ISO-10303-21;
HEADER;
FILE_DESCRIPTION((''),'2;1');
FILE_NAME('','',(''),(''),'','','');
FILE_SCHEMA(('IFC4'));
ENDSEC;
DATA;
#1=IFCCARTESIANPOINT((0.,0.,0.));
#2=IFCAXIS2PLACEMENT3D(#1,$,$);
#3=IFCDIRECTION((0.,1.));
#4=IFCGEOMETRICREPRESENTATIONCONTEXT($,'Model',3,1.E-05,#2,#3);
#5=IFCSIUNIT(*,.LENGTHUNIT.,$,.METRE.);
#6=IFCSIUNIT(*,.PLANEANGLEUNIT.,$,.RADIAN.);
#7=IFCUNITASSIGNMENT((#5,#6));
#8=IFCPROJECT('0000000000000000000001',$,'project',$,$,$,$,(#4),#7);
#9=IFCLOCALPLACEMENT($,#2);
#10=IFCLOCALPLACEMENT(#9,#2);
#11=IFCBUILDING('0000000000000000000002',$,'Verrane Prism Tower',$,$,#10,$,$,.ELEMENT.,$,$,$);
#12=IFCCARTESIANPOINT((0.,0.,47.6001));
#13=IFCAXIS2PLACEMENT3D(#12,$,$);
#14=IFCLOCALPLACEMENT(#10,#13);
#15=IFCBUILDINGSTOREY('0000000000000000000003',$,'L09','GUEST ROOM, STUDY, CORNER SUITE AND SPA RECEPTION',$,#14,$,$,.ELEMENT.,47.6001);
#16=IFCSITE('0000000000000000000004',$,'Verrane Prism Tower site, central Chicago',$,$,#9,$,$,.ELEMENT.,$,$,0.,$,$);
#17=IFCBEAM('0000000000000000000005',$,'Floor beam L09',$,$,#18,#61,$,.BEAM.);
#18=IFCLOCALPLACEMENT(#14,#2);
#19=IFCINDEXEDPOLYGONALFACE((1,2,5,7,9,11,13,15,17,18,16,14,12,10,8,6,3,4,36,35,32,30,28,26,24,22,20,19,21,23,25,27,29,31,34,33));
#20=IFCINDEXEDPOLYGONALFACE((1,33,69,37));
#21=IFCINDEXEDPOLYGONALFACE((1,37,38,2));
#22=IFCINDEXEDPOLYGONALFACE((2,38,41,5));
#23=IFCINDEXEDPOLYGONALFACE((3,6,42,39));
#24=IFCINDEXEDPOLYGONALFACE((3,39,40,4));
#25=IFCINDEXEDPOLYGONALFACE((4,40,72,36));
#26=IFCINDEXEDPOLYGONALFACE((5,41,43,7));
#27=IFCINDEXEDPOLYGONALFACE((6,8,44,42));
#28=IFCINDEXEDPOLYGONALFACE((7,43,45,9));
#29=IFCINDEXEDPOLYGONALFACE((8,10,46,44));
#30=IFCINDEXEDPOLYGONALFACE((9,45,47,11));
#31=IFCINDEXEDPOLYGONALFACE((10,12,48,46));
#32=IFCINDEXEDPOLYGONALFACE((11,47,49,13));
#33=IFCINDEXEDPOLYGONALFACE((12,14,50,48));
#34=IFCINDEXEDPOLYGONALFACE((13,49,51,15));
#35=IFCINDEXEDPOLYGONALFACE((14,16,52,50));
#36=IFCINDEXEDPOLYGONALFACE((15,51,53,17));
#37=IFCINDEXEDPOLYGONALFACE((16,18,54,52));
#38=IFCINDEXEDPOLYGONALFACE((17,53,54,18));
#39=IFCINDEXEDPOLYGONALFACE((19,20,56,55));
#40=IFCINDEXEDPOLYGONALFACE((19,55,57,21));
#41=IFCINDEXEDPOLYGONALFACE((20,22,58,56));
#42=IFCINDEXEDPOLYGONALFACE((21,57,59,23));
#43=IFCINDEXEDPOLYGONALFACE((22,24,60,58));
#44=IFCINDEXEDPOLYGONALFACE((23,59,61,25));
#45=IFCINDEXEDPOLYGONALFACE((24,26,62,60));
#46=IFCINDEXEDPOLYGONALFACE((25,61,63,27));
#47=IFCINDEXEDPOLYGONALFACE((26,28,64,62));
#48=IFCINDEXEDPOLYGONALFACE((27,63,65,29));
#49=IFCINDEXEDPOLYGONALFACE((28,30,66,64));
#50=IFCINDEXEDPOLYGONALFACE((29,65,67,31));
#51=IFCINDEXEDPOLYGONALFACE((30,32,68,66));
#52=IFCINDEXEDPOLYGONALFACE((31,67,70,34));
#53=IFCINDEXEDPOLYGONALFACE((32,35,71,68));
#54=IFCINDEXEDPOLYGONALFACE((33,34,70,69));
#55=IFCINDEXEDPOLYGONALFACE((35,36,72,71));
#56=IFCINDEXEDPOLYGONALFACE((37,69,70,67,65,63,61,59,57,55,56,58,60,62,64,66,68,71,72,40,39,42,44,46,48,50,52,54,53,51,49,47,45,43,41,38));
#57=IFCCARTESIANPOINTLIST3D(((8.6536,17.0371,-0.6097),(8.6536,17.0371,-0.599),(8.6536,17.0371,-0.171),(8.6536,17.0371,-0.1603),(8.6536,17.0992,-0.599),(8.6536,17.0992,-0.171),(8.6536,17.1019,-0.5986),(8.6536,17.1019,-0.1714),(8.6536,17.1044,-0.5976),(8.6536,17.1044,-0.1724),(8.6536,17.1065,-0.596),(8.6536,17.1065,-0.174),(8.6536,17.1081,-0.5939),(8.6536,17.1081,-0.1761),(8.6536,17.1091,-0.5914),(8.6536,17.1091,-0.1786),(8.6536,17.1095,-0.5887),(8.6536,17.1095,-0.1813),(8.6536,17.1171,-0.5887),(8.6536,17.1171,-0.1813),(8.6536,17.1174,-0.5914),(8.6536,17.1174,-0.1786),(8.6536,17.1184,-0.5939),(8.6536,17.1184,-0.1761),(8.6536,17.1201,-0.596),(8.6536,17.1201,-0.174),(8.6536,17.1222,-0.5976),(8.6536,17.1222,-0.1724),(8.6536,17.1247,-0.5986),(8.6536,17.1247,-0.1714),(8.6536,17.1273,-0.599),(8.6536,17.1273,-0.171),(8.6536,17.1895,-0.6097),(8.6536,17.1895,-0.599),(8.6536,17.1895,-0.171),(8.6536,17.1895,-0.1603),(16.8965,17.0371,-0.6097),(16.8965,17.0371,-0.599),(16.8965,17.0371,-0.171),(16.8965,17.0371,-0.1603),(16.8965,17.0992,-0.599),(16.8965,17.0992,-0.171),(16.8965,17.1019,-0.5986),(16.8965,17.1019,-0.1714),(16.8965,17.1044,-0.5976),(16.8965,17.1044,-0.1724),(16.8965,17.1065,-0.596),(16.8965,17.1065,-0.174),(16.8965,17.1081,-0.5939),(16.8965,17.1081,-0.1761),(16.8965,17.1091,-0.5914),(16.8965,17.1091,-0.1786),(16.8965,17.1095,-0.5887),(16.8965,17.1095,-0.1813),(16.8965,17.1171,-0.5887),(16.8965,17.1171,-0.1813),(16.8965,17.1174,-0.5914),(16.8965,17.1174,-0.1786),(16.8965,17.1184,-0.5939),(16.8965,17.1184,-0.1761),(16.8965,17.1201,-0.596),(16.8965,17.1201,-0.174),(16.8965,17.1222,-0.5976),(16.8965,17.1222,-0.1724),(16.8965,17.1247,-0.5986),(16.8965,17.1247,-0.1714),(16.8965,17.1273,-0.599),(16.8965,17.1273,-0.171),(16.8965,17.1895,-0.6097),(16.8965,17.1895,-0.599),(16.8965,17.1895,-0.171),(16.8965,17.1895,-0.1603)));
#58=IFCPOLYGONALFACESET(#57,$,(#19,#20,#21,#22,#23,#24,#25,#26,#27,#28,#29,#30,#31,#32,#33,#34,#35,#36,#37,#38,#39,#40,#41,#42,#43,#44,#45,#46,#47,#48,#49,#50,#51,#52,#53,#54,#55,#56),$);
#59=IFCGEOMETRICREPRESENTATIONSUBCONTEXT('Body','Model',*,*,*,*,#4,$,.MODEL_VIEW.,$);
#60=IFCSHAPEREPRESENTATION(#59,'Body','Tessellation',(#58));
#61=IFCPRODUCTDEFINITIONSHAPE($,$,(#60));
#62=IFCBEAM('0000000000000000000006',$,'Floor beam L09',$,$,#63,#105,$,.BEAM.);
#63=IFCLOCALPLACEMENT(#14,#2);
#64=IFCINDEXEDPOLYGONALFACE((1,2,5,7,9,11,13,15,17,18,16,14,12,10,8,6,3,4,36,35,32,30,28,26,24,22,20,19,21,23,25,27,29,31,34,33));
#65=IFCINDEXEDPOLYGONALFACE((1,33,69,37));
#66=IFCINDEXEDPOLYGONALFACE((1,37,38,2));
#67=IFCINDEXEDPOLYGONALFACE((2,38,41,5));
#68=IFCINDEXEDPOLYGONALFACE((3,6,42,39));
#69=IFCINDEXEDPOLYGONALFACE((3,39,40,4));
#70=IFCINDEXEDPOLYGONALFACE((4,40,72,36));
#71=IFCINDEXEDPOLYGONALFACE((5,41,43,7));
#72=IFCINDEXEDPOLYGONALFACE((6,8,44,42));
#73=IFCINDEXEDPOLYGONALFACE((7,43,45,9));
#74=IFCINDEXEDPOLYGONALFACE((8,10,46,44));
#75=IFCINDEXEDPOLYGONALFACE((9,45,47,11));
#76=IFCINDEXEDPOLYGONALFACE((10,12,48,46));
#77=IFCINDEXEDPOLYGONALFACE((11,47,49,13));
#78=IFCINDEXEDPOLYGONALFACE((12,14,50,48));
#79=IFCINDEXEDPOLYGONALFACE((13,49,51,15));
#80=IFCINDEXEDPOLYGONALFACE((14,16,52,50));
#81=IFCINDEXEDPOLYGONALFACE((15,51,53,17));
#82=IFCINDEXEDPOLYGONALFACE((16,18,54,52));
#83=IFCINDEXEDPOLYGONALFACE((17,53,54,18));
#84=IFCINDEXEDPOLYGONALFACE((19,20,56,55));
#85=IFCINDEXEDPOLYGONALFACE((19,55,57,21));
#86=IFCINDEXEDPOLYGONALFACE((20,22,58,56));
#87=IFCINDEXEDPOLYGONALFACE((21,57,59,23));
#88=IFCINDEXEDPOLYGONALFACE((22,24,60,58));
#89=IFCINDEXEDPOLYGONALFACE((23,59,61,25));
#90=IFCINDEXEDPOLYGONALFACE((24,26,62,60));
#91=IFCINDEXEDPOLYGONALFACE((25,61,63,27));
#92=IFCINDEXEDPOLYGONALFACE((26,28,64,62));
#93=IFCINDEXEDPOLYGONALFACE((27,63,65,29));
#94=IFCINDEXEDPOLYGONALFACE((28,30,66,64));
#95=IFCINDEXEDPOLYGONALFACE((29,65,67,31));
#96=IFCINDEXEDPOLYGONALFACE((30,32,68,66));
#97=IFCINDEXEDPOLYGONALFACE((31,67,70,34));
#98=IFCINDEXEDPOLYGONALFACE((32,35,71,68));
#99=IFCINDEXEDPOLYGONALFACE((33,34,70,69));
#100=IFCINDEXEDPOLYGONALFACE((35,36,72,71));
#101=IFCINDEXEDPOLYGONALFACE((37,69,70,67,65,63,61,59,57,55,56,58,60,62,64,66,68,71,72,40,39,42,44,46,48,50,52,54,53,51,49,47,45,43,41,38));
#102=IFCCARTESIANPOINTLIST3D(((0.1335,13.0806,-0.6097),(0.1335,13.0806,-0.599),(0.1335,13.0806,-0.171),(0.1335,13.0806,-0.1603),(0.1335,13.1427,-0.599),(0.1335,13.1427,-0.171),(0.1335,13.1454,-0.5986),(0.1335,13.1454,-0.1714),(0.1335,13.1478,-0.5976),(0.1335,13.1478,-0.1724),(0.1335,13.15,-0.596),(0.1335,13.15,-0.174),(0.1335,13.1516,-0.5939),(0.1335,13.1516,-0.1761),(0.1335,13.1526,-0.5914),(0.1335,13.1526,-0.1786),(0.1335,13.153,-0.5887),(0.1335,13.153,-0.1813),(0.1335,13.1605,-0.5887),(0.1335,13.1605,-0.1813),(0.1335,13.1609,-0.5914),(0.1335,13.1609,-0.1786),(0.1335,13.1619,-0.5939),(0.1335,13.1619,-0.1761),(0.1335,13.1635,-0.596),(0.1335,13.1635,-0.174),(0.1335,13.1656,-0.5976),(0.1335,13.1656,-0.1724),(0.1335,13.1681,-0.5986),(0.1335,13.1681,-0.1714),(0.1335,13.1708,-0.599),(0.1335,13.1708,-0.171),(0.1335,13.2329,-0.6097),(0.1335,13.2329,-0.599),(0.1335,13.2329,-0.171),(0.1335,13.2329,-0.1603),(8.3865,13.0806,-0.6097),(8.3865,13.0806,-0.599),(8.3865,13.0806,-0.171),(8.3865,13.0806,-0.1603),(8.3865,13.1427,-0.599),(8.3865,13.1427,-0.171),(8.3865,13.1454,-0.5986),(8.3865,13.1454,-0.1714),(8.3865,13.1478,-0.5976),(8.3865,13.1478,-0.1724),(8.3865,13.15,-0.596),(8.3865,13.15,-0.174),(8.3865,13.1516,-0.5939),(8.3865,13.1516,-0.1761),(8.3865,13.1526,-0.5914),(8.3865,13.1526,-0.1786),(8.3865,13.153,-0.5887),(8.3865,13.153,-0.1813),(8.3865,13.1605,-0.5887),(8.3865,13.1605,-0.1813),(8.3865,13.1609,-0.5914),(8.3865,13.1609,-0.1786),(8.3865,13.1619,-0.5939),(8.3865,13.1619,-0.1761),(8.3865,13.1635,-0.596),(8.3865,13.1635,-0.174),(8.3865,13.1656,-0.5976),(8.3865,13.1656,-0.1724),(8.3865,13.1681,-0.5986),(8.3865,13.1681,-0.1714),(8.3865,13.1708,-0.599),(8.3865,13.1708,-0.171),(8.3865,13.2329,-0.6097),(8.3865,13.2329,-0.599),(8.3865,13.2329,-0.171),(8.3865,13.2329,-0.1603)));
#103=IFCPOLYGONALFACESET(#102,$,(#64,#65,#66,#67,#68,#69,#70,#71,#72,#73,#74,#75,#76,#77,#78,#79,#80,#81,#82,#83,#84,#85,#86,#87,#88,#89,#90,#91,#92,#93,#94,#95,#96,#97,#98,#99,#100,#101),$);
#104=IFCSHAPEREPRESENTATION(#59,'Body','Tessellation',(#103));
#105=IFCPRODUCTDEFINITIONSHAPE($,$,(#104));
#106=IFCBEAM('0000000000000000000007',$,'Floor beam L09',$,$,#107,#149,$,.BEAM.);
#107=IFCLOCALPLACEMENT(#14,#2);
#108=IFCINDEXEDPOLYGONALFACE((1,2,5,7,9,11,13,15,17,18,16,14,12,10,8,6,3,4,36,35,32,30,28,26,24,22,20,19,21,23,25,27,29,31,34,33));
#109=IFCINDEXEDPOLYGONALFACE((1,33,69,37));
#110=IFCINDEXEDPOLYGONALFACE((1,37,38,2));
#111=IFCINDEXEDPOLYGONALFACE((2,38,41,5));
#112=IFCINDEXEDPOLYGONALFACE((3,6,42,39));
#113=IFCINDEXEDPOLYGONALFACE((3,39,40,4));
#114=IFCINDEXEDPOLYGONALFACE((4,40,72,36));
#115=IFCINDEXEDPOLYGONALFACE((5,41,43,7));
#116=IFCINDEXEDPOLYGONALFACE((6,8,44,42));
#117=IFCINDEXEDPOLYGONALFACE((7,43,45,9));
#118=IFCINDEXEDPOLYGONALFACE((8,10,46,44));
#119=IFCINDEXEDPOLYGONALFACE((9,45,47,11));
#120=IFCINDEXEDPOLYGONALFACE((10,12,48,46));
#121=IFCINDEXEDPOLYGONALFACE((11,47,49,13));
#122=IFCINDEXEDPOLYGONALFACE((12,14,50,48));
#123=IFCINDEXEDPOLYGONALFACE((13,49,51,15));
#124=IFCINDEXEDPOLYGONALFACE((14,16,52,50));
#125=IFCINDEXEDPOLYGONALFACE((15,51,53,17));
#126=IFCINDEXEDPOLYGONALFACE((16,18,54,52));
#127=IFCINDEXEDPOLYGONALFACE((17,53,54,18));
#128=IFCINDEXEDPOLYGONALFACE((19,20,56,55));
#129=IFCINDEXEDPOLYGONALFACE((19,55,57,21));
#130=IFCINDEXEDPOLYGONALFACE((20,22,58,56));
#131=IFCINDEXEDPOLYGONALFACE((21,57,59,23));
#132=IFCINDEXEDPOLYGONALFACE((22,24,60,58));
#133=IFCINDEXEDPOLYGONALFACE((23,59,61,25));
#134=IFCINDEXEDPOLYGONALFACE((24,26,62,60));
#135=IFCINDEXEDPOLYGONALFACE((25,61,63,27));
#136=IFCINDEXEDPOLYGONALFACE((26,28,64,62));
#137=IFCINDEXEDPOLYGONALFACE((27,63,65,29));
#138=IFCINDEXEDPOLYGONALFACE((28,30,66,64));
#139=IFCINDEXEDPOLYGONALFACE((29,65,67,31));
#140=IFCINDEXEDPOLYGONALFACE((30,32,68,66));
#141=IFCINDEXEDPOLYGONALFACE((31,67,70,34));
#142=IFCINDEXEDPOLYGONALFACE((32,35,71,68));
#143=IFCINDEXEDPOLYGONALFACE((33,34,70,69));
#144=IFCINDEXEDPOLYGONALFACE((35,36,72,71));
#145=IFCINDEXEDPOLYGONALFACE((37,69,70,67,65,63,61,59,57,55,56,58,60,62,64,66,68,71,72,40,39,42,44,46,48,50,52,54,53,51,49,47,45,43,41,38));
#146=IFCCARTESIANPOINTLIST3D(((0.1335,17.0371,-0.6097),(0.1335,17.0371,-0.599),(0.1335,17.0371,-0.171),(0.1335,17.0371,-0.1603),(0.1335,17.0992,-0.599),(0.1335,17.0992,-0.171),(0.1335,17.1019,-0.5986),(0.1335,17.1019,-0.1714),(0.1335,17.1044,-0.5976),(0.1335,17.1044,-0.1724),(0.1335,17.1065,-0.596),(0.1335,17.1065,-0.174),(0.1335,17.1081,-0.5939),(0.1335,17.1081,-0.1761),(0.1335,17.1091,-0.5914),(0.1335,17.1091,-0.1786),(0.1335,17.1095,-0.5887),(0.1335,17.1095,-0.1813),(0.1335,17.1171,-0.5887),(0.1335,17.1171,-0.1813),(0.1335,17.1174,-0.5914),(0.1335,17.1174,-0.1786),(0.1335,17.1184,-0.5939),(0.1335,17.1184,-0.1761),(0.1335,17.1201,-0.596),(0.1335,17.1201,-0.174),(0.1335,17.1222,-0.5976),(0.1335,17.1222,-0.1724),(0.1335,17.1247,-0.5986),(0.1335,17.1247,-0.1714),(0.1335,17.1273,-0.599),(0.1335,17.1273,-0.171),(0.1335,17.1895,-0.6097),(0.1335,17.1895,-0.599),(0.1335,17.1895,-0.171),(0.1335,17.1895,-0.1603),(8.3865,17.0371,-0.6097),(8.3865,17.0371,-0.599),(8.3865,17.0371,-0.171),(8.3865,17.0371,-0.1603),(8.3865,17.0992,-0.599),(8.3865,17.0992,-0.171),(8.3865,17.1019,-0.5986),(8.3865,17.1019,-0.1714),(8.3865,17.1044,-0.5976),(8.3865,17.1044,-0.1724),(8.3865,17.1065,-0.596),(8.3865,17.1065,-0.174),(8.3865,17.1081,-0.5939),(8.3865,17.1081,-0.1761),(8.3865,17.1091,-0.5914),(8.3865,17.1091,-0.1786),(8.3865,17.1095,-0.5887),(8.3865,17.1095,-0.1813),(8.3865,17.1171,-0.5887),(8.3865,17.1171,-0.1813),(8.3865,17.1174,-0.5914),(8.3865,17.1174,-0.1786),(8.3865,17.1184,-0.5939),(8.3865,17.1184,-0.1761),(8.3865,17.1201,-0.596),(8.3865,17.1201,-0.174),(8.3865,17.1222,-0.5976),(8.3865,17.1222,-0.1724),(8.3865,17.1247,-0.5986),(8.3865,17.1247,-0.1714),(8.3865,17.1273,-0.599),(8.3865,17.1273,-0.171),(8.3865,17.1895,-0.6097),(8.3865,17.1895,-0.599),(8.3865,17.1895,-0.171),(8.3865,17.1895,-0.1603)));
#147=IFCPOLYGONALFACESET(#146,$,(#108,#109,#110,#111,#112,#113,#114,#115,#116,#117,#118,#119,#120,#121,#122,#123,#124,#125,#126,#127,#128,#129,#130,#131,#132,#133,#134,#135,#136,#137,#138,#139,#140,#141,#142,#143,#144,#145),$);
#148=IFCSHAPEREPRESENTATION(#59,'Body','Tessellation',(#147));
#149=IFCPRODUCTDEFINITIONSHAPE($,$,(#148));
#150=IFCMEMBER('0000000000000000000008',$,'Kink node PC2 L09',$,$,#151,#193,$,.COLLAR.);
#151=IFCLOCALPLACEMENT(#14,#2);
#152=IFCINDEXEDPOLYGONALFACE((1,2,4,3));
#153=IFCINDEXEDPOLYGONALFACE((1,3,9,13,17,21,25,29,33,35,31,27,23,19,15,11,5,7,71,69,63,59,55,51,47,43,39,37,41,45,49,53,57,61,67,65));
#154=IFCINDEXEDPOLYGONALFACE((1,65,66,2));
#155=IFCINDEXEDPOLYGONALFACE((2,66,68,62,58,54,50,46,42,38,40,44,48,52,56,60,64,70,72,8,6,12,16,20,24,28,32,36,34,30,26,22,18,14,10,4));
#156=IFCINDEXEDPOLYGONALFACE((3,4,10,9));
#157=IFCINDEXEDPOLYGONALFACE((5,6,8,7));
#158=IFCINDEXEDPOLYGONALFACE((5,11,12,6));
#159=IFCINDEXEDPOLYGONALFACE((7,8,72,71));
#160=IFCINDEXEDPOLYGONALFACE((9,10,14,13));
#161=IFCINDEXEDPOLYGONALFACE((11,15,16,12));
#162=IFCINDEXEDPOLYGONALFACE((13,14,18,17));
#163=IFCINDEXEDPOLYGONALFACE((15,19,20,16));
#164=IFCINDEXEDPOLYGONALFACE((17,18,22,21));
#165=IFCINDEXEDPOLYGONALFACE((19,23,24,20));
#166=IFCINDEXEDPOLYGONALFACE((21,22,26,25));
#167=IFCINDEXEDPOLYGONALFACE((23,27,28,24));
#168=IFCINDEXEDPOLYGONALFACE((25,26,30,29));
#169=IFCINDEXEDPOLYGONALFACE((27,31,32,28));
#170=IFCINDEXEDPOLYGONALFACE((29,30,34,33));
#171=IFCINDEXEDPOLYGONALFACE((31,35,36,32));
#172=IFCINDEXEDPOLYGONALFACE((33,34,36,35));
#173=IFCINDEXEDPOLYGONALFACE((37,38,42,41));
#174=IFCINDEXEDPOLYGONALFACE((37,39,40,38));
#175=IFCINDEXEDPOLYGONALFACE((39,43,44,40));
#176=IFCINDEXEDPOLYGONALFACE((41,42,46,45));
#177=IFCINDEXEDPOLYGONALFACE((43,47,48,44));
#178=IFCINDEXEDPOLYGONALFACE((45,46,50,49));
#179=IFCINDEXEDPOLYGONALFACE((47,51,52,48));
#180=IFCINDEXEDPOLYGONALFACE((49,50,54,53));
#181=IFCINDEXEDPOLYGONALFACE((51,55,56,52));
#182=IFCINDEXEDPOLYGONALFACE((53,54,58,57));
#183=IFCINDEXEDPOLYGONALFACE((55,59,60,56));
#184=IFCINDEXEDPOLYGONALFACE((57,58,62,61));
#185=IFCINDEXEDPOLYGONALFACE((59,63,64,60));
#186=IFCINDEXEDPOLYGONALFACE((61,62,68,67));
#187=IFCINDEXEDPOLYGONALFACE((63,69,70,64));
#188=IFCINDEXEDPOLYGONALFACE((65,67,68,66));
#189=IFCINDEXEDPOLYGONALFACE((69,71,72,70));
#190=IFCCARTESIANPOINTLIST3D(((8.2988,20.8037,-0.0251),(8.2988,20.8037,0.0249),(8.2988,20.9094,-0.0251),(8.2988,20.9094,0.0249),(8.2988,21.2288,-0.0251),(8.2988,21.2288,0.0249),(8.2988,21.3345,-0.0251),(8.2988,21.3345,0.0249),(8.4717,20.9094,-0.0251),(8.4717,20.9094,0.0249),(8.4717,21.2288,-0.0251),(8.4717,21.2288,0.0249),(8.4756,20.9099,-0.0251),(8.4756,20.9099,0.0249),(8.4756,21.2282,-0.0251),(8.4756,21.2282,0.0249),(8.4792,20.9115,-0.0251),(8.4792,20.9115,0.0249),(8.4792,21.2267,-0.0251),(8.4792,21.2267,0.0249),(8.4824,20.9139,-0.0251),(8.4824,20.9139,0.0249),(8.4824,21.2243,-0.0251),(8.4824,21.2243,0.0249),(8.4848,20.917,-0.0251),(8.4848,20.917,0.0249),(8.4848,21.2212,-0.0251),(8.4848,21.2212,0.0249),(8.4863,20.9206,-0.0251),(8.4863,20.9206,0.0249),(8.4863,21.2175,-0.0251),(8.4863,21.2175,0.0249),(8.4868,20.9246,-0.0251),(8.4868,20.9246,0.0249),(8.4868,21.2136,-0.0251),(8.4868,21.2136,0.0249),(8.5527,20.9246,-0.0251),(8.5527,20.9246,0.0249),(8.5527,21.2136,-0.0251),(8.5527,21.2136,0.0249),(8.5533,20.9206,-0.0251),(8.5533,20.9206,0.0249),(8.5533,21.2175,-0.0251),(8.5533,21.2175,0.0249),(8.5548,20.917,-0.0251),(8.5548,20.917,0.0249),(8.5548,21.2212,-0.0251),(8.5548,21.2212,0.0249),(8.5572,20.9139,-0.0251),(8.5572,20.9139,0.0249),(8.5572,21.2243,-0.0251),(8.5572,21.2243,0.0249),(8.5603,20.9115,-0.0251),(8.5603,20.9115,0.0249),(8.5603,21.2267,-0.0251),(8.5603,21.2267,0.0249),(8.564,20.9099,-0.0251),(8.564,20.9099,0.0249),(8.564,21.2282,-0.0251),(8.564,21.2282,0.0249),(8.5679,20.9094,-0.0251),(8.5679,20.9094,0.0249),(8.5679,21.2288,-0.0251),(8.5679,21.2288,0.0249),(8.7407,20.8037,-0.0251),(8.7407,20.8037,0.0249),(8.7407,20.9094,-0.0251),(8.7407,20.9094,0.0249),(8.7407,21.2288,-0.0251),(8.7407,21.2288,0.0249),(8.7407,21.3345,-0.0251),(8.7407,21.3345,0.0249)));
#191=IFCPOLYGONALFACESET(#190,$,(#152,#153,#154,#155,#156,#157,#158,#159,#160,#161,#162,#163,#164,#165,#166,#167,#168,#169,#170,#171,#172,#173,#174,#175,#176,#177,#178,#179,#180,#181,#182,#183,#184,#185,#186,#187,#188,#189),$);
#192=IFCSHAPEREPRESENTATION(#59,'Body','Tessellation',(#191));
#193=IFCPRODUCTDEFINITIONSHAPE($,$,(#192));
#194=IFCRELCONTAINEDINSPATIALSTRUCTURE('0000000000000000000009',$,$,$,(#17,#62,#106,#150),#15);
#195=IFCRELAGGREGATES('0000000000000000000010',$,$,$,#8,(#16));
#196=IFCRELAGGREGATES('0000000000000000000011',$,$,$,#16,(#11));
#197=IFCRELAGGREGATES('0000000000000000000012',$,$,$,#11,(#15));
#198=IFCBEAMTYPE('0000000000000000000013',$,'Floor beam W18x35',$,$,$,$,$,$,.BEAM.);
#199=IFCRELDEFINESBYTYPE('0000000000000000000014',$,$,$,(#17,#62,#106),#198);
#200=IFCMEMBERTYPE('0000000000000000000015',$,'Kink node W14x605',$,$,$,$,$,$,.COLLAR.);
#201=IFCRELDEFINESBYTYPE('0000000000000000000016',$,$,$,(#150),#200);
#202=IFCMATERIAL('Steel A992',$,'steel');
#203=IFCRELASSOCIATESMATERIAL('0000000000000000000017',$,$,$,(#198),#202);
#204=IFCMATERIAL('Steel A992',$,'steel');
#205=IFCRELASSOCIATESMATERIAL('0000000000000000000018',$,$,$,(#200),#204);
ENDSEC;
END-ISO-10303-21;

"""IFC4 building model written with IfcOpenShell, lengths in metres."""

from ifc_helpers import new_model, si_unit, direction, frame, origin, origin_2d, place, context, subcontext, project, spatial, i_section, extrude, material, material_profile, profile_set, type_object, element, save


model = new_model("IFC4")

# Units and contexts
model_context = context("Model", 3, precision=1e-05, world=origin(), true_north=direction((0.0, 1.0)))
body_context = subcontext(model_context, "Body", "Model", "MODEL_VIEW")
ifc_project = project(units=[si_unit("LENGTHUNIT", "METRE"), si_unit("PLANEANGLEUNIT", "RADIAN")], contexts=[model_context])

# Site, building, storey
site_placement = place(None, origin())
site = spatial("IfcSite", under=ifc_project, at=site_placement, Name="Verrane Prism Tower site, central Chicago", CompositionType="ELEMENT", RefElevation=0.0)
building_placement = place(site_placement, origin())
building = spatial("IfcBuilding", under=site, at=building_placement, Name="Verrane Prism Tower", CompositionType="ELEMENT")
storey_placement = place(building_placement, frame((0.0, 0.0, 47.6001)))
storey = spatial("IfcBuildingStorey", under=building, at=storey_placement, Name="L09", Description="GUEST ROOM, STUDY, CORNER SUITE AND SPA RECEPTION", CompositionType="ELEMENT", Elevation=47.6001)

# Beams
ifc_material_1 = material(Name="Steel A992", Category="steel")
ifc_material_profile_1 = material_profile(ifc_material_1, i_section(OverallWidth=0.1523, OverallDepth=0.4495, WebThickness=0.0076, FlangeThickness=0.0107, FilletRadius=0.0103, at=origin_2d()), Name="W18x35")
ifc_profile_set_1 = profile_set([ifc_material_profile_1], Name="Steel A992")
beam_type_1 = type_object("IfcBeamType", Name="Floor beam W18x35", PredefinedType="BEAM", material=ifc_profile_set_1)
for number, where, z_axis, x_axis, name in (
    (1, (8.6536, 17.1133, -0.385), (1.0, 0.0, 0.0), (0.0, 1.0, 0.0), "Floor beam L09"),
):
    element("IfcBeam", number, at=place(storey_placement, frame(where, z_axis=z_axis, x_axis=x_axis)), inside=storey, type_object=beam_type_1, Name=name, PredefinedType="BEAM", context=body_context, shape_type="SweptSolid", body=[
        extrude(i_section(OverallWidth=0.1523, OverallDepth=0.4495, WebThickness=0.0076, FlangeThickness=0.0107, FilletRadius=0.0103, at=origin_2d()), origin(), (0.0, 0.0, 1.0), 8.2429),
    ])
for number, where, z_axis, x_axis, name in (
    (2, (0.1335, 13.1567, -0.385), (1.0, 0.0, 0.0), (0.0, 1.0, 0.0), "Floor beam L09"),
    (3, (0.1335, 17.1133, -0.385), (1.0, 0.0, 0.0), (0.0, 1.0, 0.0), "Floor beam L09"),
):
    element("IfcBeam", number, at=place(storey_placement, frame(where, z_axis=z_axis, x_axis=x_axis)), inside=storey, type_object=beam_type_1, Name=name, PredefinedType="BEAM", context=body_context, shape_type="SweptSolid", body=[
        extrude(i_section(OverallWidth=0.1523, OverallDepth=0.4495, WebThickness=0.0076, FlangeThickness=0.0107, FilletRadius=0.0103, at=origin_2d()), origin(), (0.0, 0.0, 1.0), 8.2529),
    ])

# Member
ifc_material_2 = material(Name="Steel A992", Category="steel")
ifc_material_profile_2 = material_profile(ifc_material_2, i_section(OverallWidth=0.4419, OverallDepth=0.5308, WebThickness=0.0659, FlangeThickness=0.1057, FilletRadius=0.0151, at=origin_2d()), Name="W14x605")
ifc_profile_set_2 = profile_set([ifc_material_profile_2], Name="Steel A992")
member_type_1 = type_object("IfcMemberType", Name="Kink node W14x605", PredefinedType="COLLAR", material=ifc_profile_set_2)
member_1_placement = place(storey_placement, frame((8.5198, 21.0691, -0.0251), z_axis=(0.0, 0.0, 1.0), x_axis=(1.0, 0.0, 0.0)))
element("IfcMember", 4, at=member_1_placement, inside=storey, type_object=member_type_1, Name="Kink node PC2 L09", PredefinedType="COLLAR", context=body_context, shape_type="SweptSolid", body=[
    extrude(i_section(OverallWidth=0.4419, OverallDepth=0.5308, WebThickness=0.0659, FlangeThickness=0.1057, FilletRadius=0.0151, at=origin_2d()), origin(), (0.0, 0.0, 1.0), 0.05),
])

save(model, "model.ifc")
